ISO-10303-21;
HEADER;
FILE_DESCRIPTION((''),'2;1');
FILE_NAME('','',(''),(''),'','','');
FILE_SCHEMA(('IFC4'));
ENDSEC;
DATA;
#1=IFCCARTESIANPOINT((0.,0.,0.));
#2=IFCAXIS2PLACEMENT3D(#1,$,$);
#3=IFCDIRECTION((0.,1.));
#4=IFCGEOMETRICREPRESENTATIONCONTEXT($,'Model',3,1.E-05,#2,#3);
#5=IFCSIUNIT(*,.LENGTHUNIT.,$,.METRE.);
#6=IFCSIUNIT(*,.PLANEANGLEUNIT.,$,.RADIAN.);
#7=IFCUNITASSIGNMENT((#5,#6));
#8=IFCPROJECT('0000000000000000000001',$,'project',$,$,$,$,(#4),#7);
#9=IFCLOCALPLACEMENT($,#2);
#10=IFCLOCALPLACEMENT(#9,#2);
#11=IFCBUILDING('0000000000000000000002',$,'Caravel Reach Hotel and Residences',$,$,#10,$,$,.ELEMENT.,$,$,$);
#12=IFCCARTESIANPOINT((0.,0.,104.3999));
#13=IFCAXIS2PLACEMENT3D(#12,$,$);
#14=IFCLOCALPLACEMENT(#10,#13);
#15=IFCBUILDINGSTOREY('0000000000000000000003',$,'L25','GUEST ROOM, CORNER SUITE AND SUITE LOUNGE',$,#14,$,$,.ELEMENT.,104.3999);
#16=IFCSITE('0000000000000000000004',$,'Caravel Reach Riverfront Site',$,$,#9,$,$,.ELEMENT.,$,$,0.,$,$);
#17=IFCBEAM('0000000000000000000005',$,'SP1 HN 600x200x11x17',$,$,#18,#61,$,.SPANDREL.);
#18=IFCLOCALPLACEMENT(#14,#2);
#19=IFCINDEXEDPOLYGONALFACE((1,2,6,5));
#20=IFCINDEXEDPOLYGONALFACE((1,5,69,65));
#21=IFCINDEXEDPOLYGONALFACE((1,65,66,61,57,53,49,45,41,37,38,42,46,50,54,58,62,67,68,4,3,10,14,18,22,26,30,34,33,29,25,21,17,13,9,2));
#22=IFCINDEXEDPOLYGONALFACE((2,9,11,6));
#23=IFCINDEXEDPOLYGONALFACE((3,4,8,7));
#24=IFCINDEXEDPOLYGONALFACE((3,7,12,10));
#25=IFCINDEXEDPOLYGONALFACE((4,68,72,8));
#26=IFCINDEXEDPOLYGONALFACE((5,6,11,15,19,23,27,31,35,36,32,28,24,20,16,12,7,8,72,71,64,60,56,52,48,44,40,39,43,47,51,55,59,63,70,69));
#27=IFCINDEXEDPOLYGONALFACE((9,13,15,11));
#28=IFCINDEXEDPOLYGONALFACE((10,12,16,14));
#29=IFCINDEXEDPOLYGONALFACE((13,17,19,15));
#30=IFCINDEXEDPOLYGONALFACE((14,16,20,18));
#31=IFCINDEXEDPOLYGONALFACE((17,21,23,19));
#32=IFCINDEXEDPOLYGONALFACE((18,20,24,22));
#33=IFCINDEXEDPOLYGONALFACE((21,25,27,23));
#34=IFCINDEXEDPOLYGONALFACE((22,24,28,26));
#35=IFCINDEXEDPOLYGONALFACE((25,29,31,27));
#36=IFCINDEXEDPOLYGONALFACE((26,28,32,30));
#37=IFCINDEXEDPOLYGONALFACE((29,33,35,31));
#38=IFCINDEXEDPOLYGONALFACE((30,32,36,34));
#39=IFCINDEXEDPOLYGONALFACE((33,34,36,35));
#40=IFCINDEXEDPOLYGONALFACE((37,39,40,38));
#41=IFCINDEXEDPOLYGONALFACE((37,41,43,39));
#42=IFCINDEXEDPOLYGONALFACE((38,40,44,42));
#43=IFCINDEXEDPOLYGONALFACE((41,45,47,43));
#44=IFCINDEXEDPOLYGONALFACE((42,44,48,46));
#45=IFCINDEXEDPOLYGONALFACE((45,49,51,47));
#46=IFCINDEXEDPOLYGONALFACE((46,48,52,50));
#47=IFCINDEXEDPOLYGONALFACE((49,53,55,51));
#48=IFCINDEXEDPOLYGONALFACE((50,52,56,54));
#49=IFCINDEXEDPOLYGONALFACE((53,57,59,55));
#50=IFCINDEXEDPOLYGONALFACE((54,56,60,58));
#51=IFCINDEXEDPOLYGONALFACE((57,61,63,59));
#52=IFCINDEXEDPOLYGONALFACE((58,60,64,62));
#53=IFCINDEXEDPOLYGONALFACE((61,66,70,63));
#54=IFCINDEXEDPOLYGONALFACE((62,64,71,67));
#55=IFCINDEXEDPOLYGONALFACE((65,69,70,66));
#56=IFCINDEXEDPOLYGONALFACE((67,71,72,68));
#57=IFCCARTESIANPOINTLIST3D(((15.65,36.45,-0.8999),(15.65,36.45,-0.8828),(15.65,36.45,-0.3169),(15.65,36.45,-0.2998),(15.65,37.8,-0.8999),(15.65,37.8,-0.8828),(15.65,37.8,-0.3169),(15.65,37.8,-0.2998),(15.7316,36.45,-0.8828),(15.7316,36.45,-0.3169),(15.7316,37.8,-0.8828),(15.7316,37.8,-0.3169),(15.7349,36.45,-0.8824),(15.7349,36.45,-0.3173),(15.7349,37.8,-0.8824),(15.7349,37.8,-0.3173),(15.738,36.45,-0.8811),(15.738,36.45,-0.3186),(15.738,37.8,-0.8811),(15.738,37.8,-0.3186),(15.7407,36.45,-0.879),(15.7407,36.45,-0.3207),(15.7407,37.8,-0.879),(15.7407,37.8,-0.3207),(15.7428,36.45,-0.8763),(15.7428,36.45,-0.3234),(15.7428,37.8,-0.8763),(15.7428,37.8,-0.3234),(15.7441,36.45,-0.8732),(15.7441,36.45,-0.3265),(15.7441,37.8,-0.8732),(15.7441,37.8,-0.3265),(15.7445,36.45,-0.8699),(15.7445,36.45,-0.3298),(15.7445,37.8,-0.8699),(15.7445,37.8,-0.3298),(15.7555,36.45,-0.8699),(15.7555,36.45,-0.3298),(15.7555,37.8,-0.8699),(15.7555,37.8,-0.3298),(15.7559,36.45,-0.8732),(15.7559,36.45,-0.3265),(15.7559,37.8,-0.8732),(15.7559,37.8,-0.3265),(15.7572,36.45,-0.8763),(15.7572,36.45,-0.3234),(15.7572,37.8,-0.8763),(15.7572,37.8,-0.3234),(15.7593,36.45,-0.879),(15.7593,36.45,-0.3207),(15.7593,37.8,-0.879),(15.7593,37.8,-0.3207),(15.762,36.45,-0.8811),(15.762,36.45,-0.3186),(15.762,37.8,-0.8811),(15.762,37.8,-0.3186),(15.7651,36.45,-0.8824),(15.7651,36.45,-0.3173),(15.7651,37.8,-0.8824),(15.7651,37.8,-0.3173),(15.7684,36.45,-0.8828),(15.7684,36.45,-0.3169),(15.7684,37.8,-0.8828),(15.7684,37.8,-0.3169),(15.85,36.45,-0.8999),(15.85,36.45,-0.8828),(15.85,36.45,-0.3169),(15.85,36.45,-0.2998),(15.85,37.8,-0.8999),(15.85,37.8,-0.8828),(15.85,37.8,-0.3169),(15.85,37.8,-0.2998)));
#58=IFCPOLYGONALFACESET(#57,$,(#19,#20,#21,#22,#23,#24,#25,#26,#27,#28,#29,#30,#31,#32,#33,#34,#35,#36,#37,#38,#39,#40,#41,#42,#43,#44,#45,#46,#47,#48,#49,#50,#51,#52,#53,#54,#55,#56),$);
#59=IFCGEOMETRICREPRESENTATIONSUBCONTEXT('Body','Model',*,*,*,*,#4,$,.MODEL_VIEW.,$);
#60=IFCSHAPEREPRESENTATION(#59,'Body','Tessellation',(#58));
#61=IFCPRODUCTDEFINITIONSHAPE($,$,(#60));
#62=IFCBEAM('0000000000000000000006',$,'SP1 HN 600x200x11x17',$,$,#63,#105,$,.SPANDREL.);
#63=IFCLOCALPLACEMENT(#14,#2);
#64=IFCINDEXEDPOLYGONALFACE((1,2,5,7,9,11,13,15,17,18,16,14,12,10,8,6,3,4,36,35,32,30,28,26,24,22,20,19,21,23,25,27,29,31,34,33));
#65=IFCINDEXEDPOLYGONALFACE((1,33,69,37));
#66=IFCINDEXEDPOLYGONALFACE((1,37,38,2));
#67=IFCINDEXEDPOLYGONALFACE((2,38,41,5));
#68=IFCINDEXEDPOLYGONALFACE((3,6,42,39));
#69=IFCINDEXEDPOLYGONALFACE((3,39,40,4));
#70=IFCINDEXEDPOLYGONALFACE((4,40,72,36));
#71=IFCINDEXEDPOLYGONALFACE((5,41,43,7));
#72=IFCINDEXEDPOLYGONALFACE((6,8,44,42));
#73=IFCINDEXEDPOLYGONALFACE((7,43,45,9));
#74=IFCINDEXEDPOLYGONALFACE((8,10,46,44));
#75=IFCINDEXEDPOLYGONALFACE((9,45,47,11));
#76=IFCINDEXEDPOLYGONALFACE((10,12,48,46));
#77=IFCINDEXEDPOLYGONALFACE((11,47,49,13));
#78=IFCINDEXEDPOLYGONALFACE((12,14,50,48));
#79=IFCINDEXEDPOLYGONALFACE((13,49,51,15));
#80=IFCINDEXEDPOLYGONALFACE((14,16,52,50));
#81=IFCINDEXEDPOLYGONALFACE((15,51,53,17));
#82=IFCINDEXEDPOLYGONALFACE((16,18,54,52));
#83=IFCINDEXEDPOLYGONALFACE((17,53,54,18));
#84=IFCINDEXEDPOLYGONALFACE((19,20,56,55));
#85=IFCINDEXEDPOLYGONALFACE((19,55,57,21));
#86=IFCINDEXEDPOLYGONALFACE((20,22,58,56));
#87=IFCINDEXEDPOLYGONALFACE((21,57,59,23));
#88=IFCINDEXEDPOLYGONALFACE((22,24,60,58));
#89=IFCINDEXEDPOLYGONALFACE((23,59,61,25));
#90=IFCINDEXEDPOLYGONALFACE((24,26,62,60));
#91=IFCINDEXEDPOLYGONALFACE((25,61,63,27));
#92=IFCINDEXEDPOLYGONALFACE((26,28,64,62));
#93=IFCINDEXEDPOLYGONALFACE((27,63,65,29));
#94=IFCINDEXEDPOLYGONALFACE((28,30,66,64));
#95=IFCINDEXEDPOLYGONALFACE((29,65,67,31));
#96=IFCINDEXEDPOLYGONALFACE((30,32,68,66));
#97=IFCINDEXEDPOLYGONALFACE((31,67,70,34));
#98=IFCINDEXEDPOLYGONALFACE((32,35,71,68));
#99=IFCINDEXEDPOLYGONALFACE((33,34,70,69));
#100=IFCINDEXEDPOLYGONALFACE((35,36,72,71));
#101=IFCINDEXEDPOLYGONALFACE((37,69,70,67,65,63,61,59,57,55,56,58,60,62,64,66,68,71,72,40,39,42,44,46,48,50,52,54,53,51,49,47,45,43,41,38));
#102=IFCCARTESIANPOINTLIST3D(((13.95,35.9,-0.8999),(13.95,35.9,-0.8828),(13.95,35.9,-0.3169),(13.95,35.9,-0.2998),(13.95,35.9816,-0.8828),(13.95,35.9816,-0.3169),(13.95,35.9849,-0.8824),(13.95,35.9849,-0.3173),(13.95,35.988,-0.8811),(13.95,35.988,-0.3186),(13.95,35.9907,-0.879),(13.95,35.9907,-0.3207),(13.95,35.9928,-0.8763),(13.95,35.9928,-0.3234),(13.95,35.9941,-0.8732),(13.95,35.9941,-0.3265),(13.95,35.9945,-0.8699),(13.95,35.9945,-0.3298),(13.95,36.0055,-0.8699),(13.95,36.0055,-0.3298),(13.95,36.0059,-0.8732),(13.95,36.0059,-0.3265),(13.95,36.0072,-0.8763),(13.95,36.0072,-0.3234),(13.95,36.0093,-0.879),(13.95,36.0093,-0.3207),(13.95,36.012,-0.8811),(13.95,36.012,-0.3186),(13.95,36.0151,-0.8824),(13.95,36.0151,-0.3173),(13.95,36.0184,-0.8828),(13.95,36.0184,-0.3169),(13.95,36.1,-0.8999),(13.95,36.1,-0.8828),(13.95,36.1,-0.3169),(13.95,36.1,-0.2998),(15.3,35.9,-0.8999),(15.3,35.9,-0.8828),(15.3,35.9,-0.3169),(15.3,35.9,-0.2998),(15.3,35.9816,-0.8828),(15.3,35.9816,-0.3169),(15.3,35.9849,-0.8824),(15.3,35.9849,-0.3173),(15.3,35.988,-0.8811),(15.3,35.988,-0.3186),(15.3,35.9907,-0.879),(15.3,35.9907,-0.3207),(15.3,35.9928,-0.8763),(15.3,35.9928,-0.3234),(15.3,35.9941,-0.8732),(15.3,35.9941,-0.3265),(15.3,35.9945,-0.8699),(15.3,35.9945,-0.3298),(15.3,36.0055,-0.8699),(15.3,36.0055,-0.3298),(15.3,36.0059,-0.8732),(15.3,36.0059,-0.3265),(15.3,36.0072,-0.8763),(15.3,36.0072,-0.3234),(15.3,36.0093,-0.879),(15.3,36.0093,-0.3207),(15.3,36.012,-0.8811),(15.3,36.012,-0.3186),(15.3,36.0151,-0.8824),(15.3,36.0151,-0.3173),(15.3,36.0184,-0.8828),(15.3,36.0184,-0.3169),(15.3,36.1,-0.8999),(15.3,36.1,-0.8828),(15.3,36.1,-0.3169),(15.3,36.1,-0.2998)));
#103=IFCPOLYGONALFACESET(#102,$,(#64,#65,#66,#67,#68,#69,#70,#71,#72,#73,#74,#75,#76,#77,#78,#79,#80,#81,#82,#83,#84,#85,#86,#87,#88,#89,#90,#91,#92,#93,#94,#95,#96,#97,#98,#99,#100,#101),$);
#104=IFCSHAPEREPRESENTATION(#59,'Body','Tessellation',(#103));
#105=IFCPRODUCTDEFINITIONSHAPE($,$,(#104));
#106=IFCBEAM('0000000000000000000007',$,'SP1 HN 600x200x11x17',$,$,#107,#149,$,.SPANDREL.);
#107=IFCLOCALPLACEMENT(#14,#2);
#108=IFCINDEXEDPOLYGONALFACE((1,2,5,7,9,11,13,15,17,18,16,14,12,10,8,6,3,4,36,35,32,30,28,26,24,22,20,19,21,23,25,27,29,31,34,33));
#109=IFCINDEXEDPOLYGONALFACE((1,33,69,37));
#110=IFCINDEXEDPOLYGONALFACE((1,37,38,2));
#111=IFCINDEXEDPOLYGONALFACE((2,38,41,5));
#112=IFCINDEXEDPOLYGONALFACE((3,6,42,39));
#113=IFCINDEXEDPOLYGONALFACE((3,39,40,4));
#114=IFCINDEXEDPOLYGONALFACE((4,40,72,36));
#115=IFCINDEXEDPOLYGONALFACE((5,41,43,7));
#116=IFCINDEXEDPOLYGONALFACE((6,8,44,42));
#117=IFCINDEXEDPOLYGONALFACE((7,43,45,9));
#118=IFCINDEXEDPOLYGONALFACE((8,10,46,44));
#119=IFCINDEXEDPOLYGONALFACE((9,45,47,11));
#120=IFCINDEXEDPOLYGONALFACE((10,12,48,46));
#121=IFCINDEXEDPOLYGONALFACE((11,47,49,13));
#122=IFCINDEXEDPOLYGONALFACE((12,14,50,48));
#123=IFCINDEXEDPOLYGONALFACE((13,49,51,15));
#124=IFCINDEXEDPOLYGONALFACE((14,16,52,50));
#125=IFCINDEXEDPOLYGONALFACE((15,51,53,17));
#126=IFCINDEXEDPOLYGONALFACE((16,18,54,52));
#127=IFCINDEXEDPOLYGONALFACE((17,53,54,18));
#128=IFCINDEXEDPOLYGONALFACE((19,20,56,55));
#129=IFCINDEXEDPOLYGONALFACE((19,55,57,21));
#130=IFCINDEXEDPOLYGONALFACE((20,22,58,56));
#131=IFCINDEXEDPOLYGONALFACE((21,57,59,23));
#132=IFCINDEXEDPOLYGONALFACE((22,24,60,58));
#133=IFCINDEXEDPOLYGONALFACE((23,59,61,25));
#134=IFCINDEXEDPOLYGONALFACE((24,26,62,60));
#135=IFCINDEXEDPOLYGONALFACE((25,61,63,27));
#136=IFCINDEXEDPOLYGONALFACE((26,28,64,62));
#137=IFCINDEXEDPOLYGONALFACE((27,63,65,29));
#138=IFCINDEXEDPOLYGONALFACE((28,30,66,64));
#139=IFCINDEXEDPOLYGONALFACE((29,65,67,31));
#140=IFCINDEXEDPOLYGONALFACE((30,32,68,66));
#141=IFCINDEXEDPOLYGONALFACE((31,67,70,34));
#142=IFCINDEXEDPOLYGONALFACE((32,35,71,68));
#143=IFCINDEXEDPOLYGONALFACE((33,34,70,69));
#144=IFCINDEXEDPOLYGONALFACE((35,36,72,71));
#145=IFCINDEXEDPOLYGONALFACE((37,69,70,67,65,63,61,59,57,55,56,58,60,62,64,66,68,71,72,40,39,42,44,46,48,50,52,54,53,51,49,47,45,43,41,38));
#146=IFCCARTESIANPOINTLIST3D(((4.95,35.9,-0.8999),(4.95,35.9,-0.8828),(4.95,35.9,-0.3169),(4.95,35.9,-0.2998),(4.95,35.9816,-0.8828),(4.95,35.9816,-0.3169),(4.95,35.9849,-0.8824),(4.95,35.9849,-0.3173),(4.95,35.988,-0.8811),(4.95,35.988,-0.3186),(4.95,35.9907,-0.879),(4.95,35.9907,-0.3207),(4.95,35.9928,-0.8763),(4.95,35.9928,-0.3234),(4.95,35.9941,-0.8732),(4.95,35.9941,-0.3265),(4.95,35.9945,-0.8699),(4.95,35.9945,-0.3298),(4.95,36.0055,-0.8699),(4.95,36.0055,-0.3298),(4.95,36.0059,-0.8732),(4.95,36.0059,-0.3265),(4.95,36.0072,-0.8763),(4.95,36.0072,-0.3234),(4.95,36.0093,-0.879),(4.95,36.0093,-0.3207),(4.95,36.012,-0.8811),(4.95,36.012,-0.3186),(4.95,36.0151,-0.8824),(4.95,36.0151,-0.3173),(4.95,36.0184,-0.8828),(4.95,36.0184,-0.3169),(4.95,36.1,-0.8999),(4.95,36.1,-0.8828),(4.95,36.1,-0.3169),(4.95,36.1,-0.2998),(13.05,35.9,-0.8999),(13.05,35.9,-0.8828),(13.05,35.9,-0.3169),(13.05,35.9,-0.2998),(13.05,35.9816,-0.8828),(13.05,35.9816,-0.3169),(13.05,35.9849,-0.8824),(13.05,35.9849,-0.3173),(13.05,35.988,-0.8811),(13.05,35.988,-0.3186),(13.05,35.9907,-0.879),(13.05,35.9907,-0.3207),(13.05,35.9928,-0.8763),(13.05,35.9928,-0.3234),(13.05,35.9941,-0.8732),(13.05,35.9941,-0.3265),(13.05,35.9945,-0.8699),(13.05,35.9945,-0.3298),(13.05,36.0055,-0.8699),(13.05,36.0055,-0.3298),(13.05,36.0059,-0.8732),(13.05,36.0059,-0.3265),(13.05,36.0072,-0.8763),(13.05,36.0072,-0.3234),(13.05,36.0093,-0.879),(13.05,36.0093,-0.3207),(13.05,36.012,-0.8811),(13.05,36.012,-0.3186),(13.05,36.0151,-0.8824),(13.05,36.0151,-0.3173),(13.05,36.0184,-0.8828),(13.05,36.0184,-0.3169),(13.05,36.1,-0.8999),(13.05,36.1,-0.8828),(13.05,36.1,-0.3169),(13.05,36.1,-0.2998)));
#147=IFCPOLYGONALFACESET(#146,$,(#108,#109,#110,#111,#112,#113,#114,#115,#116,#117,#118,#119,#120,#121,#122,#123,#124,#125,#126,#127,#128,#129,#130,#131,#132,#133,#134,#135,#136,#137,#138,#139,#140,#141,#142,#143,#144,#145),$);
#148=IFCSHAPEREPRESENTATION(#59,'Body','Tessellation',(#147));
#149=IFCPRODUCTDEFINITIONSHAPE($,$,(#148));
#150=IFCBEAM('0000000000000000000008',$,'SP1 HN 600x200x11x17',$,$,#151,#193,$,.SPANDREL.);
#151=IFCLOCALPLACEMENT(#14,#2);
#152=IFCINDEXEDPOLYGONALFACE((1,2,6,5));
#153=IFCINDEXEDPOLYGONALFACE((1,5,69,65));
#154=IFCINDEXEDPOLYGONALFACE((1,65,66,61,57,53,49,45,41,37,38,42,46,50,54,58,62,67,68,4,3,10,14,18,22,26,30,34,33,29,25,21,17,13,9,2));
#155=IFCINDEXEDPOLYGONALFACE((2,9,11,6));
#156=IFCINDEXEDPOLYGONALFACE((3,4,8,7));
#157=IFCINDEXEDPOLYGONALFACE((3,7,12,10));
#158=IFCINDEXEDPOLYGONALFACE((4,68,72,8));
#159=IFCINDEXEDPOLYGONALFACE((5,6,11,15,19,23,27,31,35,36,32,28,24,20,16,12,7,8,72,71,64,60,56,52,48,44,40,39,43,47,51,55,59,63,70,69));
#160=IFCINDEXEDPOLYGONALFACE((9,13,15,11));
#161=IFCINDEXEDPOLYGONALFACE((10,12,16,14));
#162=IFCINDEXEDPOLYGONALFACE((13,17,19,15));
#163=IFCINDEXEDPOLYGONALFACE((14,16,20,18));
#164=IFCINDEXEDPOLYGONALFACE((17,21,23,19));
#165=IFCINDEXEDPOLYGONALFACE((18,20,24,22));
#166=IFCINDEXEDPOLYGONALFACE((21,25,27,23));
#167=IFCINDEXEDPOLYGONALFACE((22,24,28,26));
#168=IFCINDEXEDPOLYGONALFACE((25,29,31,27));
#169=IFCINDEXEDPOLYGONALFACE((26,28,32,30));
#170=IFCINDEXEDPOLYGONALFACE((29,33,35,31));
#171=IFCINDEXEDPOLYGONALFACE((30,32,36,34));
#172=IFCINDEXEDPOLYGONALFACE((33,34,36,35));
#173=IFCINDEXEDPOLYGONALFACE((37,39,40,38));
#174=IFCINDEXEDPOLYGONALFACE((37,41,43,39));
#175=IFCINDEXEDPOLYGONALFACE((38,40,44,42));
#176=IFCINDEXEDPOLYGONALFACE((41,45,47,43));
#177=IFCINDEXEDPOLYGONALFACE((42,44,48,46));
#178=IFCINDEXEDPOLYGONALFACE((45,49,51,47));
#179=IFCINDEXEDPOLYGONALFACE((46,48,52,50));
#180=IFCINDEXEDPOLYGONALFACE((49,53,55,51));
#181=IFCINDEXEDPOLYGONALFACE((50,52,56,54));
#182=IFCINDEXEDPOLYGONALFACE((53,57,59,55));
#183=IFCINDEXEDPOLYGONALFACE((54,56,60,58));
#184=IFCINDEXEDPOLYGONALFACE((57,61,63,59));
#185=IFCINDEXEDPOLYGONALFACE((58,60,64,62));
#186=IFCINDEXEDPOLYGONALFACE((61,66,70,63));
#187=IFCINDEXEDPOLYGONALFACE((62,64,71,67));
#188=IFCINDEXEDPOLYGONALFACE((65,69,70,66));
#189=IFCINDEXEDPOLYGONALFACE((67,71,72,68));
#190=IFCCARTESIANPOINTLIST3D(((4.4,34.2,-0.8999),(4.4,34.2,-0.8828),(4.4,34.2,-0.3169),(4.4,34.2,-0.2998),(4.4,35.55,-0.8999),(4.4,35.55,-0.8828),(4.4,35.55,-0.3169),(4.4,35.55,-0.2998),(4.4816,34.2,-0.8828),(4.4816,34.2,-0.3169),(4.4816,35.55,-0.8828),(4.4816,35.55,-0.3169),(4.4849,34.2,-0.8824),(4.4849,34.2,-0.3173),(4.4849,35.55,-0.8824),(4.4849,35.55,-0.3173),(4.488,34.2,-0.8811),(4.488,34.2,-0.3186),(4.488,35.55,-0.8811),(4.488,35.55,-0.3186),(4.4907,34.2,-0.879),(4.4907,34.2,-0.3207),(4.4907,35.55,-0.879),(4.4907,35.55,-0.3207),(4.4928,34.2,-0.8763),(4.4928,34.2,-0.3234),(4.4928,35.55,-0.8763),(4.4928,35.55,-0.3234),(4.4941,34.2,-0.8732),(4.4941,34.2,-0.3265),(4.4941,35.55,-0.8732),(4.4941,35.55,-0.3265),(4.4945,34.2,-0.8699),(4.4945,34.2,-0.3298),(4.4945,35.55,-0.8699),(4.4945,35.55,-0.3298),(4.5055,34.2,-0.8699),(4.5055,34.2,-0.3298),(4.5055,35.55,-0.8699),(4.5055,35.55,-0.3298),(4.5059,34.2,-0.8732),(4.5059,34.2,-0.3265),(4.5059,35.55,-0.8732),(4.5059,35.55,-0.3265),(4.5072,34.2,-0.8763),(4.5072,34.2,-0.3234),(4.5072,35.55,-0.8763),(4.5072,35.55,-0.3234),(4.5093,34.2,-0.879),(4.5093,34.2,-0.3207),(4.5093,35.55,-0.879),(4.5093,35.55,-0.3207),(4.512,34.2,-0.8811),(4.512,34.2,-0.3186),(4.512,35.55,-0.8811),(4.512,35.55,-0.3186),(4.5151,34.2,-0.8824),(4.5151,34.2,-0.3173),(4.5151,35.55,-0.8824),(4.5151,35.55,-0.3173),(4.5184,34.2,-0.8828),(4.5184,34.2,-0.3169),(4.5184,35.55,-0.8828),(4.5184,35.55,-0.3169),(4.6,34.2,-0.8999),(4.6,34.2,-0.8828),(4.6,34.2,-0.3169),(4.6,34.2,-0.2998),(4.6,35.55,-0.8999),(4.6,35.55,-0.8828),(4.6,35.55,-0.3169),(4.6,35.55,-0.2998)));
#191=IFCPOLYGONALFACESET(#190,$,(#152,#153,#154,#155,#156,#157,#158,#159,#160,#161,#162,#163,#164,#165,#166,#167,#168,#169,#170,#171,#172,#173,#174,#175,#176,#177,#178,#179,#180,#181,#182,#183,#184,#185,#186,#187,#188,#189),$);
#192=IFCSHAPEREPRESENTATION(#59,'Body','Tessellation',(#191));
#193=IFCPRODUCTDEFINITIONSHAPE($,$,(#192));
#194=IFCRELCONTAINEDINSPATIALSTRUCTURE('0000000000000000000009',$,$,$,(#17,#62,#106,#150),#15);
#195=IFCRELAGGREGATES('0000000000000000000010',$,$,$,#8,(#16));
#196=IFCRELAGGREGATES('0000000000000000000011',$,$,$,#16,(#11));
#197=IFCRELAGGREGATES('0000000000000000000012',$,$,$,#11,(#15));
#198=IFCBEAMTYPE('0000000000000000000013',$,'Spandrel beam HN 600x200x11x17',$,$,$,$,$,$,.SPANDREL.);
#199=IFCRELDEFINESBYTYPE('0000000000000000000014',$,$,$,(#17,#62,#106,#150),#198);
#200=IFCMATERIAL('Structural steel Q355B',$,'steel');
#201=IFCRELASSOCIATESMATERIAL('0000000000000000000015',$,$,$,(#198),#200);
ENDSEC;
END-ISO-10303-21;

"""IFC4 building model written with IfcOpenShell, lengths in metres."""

from ifc_helpers import new_model, si_unit, direction, frame, origin, origin_2d, place, context, subcontext, project, spatial, i_section, extrude, material, material_profile, profile_set, type_object, element, save


model = new_model("IFC4")

# Units and contexts
model_context = context("Model", 3, precision=1e-05, world=origin(), true_north=direction((0.0, 1.0)))
body_context = subcontext(model_context, "Body", "Model", "MODEL_VIEW")
ifc_project = project(units=[si_unit("LENGTHUNIT", "METRE"), si_unit("PLANEANGLEUNIT", "RADIAN")], contexts=[model_context])

# Site, building, storey
site_placement = place(None, origin())
site = spatial("IfcSite", under=ifc_project, at=site_placement, Name="Caravel Reach Riverfront Site", CompositionType="ELEMENT", RefElevation=0.0)
building_placement = place(site_placement, origin())
building = spatial("IfcBuilding", under=site, at=building_placement, Name="Caravel Reach Hotel and Residences", CompositionType="ELEMENT")
storey_placement = place(building_placement, frame((0.0, 0.0, 104.3999)))
storey = spatial("IfcBuildingStorey", under=building, at=storey_placement, Name="L25", Description="GUEST ROOM, CORNER SUITE AND SUITE LOUNGE", CompositionType="ELEMENT", Elevation=104.3999)

# Beams
ifc_material_1 = material(Name="Structural steel Q355B", Category="steel")
ifc_material_profile_1 = material_profile(ifc_material_1, i_section(OverallWidth=0.2, OverallDepth=0.6001, WebThickness=0.011, FlangeThickness=0.0171, FilletRadius=0.0129, at=origin_2d()), Name="HN 600x200x11x17")
ifc_profile_set_1 = profile_set([ifc_material_profile_1], Name="Structural steel Q355B")
beam_type = type_object("IfcBeamType", Name="Spandrel beam HN 600x200x11x17", PredefinedType="SPANDREL", material=ifc_profile_set_1)
for number, where, z_axis, x_axis, name in (
    (1, (15.75, 37.8, -0.5999), (0.0, -1.0, 0.0), (1.0, 0.0, 0.0), "SP1 HN 600x200x11x17"),
    (2, (15.3, 36.0, -0.5999), (-1.0, 0.0, 0.0), (0.0, -1.0, 0.0), "SP1 HN 600x200x11x17"),
):
    element("IfcBeam", number, at=place(storey_placement, frame(where, z_axis=z_axis, x_axis=x_axis)), inside=storey, type_object=beam_type, Name=name, PredefinedType="SPANDREL", context=body_context, shape_type="SweptSolid", body=[
        extrude(i_section(OverallWidth=0.2, OverallDepth=0.6001, WebThickness=0.011, FlangeThickness=0.0171, FilletRadius=0.0129, at=origin_2d()), origin(), (0.0, 0.0, 1.0), 1.3501),
    ])
beam_placement = place(storey_placement, frame((13.05, 36.0, -0.5999), z_axis=(-1.0, 0.0, 0.0), x_axis=(0.0, -1.0, 0.0)))
element("IfcBeam", 3, at=beam_placement, inside=storey, type_object=beam_type, Name="SP1 HN 600x200x11x17", PredefinedType="SPANDREL", context=body_context, shape_type="SweptSolid", body=[
    extrude(i_section(OverallWidth=0.2, OverallDepth=0.6001, WebThickness=0.011, FlangeThickness=0.0171, FilletRadius=0.0129, at=origin_2d()), origin(), (0.0, 0.0, 1.0), 8.1001),
])
for number, where, z_axis, x_axis, name in (
    (4, (4.5, 35.55, -0.5999), (0.0, -1.0, 0.0), (1.0, 0.0, 0.0), "SP1 HN 600x200x11x17"),
):
    element("IfcBeam", number, at=place(storey_placement, frame(where, z_axis=z_axis, x_axis=x_axis)), inside=storey, type_object=beam_type, Name=name, PredefinedType="SPANDREL", context=body_context, shape_type="SweptSolid", body=[
        extrude(i_section(OverallWidth=0.2, OverallDepth=0.6001, WebThickness=0.011, FlangeThickness=0.0171, FilletRadius=0.0129, at=origin_2d()), origin(), (0.0, 0.0, 1.0), 1.3501),
    ])

save(model, "model.ifc")
